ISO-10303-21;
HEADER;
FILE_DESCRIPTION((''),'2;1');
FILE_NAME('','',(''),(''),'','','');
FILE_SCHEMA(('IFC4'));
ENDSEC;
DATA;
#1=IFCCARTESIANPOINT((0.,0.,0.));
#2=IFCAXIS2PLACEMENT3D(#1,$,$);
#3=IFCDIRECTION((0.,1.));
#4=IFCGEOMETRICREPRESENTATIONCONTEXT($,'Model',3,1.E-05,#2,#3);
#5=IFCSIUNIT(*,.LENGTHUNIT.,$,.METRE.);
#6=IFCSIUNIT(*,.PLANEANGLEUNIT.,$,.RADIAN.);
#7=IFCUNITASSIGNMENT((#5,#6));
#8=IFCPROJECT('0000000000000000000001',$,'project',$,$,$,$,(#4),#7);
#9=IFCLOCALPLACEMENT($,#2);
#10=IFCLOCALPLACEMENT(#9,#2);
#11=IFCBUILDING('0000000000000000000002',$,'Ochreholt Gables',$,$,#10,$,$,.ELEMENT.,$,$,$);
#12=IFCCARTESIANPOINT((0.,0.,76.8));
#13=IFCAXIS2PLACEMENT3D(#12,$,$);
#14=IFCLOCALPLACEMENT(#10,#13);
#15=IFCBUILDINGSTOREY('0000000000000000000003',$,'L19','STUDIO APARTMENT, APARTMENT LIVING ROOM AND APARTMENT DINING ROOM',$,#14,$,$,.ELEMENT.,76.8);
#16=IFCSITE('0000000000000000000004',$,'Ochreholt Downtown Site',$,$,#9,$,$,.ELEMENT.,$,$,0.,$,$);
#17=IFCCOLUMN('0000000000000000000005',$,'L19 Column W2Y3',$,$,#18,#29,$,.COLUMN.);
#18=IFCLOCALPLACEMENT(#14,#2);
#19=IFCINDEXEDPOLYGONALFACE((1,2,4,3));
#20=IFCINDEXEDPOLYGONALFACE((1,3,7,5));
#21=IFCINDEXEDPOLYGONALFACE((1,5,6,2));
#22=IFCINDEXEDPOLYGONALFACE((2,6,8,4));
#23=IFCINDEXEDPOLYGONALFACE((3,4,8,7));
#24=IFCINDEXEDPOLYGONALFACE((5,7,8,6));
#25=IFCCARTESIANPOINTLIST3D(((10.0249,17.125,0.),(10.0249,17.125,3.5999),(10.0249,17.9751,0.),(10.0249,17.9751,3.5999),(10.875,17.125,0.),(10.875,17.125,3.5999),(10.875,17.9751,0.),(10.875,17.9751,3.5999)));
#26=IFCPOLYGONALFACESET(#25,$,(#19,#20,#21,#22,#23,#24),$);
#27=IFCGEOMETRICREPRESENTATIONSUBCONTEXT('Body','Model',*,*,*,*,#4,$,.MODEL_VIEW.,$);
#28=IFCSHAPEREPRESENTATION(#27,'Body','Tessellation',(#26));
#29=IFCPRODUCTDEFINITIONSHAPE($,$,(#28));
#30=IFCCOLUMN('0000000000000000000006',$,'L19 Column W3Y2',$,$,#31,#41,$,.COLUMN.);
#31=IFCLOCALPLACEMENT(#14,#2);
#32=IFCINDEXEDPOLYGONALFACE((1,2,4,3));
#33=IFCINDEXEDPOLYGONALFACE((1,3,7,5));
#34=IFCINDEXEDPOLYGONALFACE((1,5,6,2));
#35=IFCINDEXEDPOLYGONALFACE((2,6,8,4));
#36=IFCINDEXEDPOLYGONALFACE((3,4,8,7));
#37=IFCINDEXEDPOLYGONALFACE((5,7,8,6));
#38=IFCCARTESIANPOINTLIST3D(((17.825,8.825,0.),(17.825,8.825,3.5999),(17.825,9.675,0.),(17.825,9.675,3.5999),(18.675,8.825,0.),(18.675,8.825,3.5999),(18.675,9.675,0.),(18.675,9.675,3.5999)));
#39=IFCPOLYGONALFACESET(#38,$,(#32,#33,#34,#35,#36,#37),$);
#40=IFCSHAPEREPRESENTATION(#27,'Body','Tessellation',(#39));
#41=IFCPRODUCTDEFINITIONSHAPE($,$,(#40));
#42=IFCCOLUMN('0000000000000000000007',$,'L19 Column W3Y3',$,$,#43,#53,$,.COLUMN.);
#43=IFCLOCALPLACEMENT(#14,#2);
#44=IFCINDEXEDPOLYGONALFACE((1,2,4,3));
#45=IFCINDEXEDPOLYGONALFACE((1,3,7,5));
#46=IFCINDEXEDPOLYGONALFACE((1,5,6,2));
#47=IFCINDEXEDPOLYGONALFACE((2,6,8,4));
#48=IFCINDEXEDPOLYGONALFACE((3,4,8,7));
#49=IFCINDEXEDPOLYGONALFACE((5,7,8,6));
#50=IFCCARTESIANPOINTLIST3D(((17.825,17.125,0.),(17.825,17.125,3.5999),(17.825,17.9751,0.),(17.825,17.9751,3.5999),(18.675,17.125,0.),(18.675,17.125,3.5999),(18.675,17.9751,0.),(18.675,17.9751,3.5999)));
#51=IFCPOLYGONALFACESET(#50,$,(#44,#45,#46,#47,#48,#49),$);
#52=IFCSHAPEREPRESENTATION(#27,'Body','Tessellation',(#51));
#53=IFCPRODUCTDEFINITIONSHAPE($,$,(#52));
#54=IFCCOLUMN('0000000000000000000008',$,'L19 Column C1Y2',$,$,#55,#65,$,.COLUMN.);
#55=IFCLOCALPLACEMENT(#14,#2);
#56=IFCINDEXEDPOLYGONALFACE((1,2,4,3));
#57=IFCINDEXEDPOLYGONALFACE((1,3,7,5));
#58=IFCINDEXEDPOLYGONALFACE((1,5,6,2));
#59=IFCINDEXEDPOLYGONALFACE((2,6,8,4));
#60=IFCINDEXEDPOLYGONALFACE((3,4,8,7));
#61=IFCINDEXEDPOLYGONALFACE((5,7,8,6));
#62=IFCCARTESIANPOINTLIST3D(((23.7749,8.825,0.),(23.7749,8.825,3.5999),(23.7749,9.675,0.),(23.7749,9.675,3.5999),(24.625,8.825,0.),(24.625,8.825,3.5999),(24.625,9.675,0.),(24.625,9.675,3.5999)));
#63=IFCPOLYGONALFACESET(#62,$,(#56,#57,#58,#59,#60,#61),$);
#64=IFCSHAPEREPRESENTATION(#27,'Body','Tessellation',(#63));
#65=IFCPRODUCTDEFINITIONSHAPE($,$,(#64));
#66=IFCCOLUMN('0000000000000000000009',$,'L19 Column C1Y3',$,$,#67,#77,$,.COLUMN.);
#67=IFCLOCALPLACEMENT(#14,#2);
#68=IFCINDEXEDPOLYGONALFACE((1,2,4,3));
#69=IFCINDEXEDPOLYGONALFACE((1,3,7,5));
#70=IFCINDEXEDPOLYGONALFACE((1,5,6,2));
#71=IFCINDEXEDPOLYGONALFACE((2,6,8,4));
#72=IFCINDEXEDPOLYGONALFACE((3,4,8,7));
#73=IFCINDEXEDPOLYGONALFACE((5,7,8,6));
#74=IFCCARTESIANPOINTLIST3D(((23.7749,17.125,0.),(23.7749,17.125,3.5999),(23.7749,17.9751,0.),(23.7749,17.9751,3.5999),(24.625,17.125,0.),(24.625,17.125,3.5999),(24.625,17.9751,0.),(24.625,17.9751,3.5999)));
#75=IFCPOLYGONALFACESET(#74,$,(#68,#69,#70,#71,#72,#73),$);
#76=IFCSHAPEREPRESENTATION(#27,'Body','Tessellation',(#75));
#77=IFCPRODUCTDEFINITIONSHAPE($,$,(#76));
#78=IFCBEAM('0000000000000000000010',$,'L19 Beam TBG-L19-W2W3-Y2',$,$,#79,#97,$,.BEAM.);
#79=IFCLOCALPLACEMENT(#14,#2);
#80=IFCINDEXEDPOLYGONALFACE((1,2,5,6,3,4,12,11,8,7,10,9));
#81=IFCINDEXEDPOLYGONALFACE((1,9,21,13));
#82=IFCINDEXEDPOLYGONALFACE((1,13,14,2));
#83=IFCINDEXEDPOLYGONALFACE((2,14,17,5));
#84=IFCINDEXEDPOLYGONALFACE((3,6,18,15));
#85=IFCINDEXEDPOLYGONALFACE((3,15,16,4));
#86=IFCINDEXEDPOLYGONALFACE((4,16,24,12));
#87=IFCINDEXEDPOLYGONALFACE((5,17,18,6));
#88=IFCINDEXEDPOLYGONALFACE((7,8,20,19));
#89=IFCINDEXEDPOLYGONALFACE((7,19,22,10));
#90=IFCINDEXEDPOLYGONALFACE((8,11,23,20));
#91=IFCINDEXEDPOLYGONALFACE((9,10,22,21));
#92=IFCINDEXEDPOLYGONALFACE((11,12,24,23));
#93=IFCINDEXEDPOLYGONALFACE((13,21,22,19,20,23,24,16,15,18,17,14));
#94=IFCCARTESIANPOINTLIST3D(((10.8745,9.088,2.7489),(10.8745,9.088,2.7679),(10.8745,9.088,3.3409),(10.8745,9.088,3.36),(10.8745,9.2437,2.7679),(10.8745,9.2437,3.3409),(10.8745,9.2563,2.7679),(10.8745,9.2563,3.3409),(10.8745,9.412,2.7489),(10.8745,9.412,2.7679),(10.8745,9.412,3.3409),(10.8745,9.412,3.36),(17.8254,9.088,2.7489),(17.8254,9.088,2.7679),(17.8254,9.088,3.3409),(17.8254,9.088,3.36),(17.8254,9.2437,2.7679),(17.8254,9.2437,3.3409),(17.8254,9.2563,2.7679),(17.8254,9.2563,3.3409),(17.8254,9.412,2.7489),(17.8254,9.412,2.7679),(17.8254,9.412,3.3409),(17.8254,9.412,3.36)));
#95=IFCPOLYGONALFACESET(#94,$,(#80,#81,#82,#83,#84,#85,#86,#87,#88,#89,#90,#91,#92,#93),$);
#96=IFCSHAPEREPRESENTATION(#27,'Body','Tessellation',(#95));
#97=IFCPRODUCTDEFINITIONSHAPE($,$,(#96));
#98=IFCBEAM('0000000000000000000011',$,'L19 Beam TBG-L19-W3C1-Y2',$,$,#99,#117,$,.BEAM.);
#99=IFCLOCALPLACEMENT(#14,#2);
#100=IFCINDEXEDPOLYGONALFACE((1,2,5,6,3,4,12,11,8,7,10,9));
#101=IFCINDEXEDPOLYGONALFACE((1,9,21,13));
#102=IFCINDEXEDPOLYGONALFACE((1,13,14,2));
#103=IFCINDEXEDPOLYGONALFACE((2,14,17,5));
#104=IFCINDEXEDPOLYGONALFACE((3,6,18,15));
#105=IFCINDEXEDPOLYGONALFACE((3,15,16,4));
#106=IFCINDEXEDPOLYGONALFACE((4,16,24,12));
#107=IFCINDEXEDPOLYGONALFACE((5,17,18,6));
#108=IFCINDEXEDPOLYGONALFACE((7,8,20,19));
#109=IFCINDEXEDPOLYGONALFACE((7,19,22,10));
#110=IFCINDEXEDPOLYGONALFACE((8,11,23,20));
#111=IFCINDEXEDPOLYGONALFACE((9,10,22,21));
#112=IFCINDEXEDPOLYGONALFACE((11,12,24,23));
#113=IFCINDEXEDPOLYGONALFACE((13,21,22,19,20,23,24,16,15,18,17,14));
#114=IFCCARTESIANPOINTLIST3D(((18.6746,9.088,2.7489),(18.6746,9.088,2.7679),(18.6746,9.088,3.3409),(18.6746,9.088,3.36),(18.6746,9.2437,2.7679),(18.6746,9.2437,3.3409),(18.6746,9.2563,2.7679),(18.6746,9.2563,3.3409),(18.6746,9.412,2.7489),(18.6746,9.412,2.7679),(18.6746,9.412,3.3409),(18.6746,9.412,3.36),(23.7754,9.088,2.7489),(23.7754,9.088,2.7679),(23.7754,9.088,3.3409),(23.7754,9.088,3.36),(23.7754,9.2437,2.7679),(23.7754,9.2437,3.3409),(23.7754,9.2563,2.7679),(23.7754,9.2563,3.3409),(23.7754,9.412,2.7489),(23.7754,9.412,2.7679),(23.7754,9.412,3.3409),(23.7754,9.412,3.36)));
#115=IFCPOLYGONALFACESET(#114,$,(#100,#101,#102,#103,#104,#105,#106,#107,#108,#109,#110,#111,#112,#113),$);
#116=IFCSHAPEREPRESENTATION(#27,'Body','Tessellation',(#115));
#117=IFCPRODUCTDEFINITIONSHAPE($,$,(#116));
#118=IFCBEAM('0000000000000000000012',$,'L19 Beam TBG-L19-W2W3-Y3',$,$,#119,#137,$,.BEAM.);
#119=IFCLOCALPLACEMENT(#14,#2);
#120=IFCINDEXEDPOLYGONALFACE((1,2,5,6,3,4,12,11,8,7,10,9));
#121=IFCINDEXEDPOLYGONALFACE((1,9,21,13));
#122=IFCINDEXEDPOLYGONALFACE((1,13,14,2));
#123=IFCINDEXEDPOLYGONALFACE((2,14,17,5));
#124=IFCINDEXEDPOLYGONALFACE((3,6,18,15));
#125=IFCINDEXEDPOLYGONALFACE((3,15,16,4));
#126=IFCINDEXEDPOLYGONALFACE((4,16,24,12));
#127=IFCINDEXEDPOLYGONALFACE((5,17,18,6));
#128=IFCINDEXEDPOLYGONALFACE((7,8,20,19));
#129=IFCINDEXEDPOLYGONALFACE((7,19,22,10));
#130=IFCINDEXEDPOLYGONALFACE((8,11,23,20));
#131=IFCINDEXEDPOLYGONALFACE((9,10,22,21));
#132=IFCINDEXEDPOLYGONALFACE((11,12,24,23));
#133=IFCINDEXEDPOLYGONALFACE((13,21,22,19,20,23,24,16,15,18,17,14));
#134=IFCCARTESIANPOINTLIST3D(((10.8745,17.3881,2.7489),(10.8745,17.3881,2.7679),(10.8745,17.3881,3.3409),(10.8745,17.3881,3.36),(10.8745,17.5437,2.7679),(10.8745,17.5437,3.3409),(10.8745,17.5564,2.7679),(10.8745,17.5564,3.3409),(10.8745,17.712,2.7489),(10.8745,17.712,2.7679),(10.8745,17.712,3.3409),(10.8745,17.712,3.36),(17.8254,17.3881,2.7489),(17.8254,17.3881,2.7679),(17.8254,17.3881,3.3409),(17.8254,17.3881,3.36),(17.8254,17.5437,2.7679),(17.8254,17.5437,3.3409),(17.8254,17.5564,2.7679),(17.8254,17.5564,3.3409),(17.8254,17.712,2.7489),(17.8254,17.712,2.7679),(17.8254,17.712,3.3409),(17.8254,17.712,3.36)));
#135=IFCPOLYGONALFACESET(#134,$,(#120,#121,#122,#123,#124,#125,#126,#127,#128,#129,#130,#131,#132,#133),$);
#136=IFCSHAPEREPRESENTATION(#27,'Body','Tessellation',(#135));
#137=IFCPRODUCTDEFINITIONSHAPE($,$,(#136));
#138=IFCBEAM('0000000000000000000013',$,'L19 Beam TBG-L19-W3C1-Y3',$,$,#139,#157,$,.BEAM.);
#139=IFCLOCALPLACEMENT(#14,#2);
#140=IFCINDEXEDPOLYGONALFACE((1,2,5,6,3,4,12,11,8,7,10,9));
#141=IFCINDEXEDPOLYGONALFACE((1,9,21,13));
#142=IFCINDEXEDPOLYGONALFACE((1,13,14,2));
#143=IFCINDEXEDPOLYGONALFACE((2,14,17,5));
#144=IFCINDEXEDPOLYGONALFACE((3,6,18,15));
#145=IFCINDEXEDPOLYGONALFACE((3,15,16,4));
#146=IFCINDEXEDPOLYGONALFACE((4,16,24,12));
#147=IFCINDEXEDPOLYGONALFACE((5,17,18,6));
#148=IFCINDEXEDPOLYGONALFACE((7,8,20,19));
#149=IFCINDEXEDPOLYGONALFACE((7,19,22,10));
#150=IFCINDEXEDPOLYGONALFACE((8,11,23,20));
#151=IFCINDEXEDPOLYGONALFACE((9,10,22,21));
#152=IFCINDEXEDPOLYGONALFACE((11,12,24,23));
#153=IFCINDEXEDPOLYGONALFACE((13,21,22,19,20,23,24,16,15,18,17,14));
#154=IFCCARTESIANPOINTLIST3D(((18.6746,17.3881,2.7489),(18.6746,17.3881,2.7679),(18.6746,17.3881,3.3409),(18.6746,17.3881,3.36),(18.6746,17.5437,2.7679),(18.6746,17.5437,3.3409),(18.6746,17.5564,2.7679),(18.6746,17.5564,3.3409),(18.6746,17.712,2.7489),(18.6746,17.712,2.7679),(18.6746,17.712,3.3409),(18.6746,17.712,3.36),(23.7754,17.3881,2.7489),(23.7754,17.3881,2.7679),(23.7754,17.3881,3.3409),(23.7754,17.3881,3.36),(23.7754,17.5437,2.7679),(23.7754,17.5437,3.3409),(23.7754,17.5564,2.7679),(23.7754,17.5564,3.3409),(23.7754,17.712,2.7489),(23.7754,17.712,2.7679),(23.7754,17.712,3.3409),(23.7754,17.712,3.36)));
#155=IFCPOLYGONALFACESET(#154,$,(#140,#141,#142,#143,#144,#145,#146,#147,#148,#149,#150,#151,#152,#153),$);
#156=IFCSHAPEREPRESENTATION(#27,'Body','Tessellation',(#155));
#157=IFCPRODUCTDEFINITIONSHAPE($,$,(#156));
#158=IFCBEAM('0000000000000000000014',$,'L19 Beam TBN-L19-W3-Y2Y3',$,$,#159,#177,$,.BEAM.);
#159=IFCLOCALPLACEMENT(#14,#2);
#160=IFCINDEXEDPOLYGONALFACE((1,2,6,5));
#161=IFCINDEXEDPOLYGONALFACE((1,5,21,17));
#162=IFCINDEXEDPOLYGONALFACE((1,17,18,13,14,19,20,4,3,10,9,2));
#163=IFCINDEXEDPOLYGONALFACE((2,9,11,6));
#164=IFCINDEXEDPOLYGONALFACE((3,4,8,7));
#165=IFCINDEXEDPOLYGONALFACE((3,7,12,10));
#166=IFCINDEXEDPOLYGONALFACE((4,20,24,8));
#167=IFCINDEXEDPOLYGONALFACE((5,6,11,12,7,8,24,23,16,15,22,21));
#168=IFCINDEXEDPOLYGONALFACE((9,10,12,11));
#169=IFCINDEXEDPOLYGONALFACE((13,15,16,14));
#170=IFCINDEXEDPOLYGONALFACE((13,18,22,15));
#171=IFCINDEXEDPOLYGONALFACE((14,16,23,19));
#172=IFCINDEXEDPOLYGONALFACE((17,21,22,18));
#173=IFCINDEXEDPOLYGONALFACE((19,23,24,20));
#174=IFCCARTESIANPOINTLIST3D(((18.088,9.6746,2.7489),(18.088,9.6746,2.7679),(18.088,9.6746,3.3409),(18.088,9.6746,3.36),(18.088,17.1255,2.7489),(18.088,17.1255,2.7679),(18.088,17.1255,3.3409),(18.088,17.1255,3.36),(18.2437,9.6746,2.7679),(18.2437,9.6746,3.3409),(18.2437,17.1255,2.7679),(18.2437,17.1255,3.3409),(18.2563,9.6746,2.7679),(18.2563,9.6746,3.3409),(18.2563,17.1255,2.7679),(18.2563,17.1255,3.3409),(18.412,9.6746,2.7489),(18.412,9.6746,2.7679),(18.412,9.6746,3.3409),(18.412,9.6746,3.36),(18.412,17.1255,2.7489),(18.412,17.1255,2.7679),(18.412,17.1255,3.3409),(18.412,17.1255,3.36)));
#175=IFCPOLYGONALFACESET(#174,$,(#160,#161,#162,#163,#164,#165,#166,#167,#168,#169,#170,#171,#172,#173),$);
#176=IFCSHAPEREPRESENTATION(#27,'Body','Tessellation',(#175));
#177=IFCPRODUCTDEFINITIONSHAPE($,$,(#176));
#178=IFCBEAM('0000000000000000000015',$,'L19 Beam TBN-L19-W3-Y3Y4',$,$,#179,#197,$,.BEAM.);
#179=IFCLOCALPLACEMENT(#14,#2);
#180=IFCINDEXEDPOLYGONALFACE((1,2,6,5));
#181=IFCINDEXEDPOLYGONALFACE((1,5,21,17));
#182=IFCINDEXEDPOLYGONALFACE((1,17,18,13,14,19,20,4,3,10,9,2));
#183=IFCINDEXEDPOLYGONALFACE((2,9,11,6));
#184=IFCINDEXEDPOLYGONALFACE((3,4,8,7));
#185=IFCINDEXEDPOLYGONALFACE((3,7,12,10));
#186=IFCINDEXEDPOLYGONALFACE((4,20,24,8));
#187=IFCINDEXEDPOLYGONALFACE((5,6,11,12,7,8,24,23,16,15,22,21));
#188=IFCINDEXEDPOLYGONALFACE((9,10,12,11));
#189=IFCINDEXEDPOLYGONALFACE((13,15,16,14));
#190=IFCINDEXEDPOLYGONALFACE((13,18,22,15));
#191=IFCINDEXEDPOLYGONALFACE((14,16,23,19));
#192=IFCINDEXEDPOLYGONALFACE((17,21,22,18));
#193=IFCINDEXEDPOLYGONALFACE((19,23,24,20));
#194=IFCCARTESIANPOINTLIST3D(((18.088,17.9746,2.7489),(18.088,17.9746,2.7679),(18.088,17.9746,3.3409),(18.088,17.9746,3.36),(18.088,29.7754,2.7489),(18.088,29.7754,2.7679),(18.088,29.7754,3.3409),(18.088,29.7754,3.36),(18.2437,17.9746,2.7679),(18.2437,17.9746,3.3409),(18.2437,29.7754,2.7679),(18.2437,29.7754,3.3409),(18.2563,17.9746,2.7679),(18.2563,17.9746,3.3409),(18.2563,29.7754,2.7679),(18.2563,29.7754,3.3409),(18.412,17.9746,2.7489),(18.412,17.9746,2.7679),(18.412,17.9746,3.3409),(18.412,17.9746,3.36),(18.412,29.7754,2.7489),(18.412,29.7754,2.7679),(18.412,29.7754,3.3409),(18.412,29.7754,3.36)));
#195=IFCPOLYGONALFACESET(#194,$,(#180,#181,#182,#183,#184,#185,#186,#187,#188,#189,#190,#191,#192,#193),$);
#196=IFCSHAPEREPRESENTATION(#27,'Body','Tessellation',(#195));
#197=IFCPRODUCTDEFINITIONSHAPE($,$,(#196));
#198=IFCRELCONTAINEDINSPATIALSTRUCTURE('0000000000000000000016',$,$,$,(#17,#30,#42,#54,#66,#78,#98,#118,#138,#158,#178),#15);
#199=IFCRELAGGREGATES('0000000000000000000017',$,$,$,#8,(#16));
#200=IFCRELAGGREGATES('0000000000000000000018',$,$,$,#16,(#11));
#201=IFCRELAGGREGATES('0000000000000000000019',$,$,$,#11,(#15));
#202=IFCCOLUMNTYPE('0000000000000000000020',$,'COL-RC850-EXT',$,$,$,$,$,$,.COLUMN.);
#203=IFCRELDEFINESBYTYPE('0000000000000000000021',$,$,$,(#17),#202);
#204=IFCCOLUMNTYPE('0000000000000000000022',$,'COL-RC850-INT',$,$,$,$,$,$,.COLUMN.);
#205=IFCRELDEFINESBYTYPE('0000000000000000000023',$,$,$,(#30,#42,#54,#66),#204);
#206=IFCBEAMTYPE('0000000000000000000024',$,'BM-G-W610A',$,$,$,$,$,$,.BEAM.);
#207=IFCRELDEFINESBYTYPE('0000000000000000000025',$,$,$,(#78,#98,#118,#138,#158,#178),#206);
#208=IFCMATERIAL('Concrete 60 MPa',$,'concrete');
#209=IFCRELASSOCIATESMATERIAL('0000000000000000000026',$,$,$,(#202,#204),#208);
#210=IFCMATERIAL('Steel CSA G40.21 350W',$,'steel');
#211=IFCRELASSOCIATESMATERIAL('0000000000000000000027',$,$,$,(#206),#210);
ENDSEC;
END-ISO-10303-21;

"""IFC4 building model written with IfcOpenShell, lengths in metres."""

from ifc_helpers import new_model, si_unit, direction, frame, origin, origin_2d, place, context, subcontext, project, spatial, rectangle, i_section, extrude, material, material_profile, profile_set, type_object, element, save


model = new_model("IFC4")

# Units and contexts
model_context = context("Model", 3, precision=1e-05, world=origin(), true_north=direction((0.0, 1.0)))
body_context = subcontext(model_context, "Body", "Model", "MODEL_VIEW")
ifc_project = project(units=[si_unit("LENGTHUNIT", "METRE"), si_unit("PLANEANGLEUNIT", "RADIAN")], contexts=[model_context])

# Site, building, storey
site_placement = place(None, origin())
site = spatial("IfcSite", under=ifc_project, at=site_placement, Name="Ochreholt Downtown Site", CompositionType="ELEMENT", RefElevation=0.0)
building_placement = place(site_placement, origin())
building = spatial("IfcBuilding", under=site, at=building_placement, Name="Ochreholt Gables", CompositionType="ELEMENT")
storey_placement = place(building_placement, frame((0.0, 0.0, 76.8)))
storey = spatial("IfcBuildingStorey", under=building, at=storey_placement, Name="L19", Description="STUDIO APARTMENT, APARTMENT LIVING ROOM AND APARTMENT DINING ROOM", CompositionType="ELEMENT", Elevation=76.8)

# Columns
ifc_material_1 = material(Name="Concrete 60 MPa", Category="concrete")
ifc_material_profile_1 = material_profile(ifc_material_1, rectangle(XDim=0.8501, YDim=0.8501, at=origin_2d()), Name="RC850X850")
ifc_profile_set_1 = profile_set([ifc_material_profile_1], Name="Concrete 60 MPa")
column_type_1 = type_object("IfcColumnType", Name="COL-RC850-EXT", PredefinedType="COLUMN", material=ifc_profile_set_1)
column_placement = place(storey_placement, frame((10.45, 17.55, 0.0), z_axis=(0.0, 0.0, 1.0), x_axis=(1.0, 0.0, 0.0)))
element("IfcColumn", 1, at=column_placement, inside=storey, type_object=column_type_1, Name="L19 Column W2Y3", PredefinedType="COLUMN", context=body_context, shape_type="SweptSolid", body=[
    extrude(rectangle(XDim=0.8501, YDim=0.8501, at=origin_2d()), origin(), (0.0, 0.0, 1.0), 3.5999),
])
ifc_material_profile_2 = material_profile(ifc_material_1, rectangle(XDim=0.8501, YDim=0.8501, at=origin_2d()), Name="RC850X850")
ifc_profile_set_2 = profile_set([ifc_material_profile_2], Name="Concrete 60 MPa")
column_type_2 = type_object("IfcColumnType", Name="COL-RC850-INT", PredefinedType="COLUMN", material=ifc_profile_set_2)
for number, where, z_axis, x_axis, name in (
    (2, (18.25, 9.25, 0.0), (0.0, 0.0, 1.0), (1.0, 0.0, 0.0), "L19 Column W3Y2"),
    (3, (18.25, 17.55, 0.0), (0.0, 0.0, 1.0), (1.0, 0.0, 0.0), "L19 Column W3Y3"),
    (4, (24.2, 9.25, 0.0), (0.0, 0.0, 1.0), (1.0, 0.0, 0.0), "L19 Column C1Y2"),
    (5, (24.2, 17.55, 0.0), (0.0, 0.0, 1.0), (1.0, 0.0, 0.0), "L19 Column C1Y3"),
):
    element("IfcColumn", number, at=place(storey_placement, frame(where, z_axis=z_axis, x_axis=x_axis)), inside=storey, type_object=column_type_2, Name=name, PredefinedType="COLUMN", context=body_context, shape_type="SweptSolid", body=[
        extrude(rectangle(XDim=0.8501, YDim=0.8501, at=origin_2d()), origin(), (0.0, 0.0, 1.0), 3.5999),
    ])

# Beams
ifc_material_2 = material(Name="Steel CSA G40.21 350W", Category="steel")
ifc_material_profile_3 = material_profile(ifc_material_2, i_section(OverallWidth=0.324, OverallDepth=0.6111, WebThickness=0.0127, FlangeThickness=0.019, at=origin_2d()), Name="W610X155")
ifc_profile_set_3 = profile_set([ifc_material_profile_3], Name="Steel CSA G40.21 350W")
beam_type_1 = type_object("IfcBeamType", Name="BM-G-W610A", PredefinedType="BEAM", material=ifc_profile_set_3)
beam_1_placement = place(storey_placement, frame((10.8745, 9.25, 3.0544), z_axis=(1.0, 0.0, 0.0), x_axis=(0.0, 1.0, 0.0)))
element("IfcBeam", 6, at=beam_1_placement, inside=storey, type_object=beam_type_1, Name="L19 Beam TBG-L19-W2W3-Y2", PredefinedType="BEAM", context=body_context, shape_type="SweptSolid", body=[
    extrude(i_section(OverallWidth=0.324, OverallDepth=0.6111, WebThickness=0.0127, FlangeThickness=0.019, at=origin_2d()), origin(), (0.0, 0.0, 1.0), 6.9509),
])
beam_2_placement = place(storey_placement, frame((18.6746, 9.25, 3.0544), z_axis=(1.0, 0.0, 0.0), x_axis=(0.0, 1.0, 0.0)))
element("IfcBeam", 7, at=beam_2_placement, inside=storey, type_object=beam_type_1, Name="L19 Beam TBG-L19-W3C1-Y2", PredefinedType="BEAM", context=body_context, shape_type="SweptSolid", body=[
    extrude(i_section(OverallWidth=0.324, OverallDepth=0.6111, WebThickness=0.0127, FlangeThickness=0.019, at=origin_2d()), origin(), (0.0, 0.0, 1.0), 5.1008),
])
beam_3_placement = place(storey_placement, frame((10.8745, 17.55, 3.0544), z_axis=(1.0, 0.0, 0.0), x_axis=(0.0, 1.0, 0.0)))
element("IfcBeam", 8, at=beam_3_placement, inside=storey, type_object=beam_type_1, Name="L19 Beam TBG-L19-W2W3-Y3", PredefinedType="BEAM", context=body_context, shape_type="SweptSolid", body=[
    extrude(i_section(OverallWidth=0.324, OverallDepth=0.6111, WebThickness=0.0127, FlangeThickness=0.019, at=origin_2d()), origin(), (0.0, 0.0, 1.0), 6.9509),
])
beam_4_placement = place(storey_placement, frame((18.6746, 17.55, 3.0544), z_axis=(1.0, 0.0, 0.0), x_axis=(0.0, 1.0, 0.0)))
element("IfcBeam", 9, at=beam_4_placement, inside=storey, type_object=beam_type_1, Name="L19 Beam TBG-L19-W3C1-Y3", PredefinedType="BEAM", context=body_context, shape_type="SweptSolid", body=[
    extrude(i_section(OverallWidth=0.324, OverallDepth=0.6111, WebThickness=0.0127, FlangeThickness=0.019, at=origin_2d()), origin(), (0.0, 0.0, 1.0), 5.1008),
])
beam_5_placement = place(storey_placement, frame((18.25, 9.6746, 3.0544), z_axis=(0.0, 1.0, 0.0), x_axis=(-1.0, 0.0, 0.0)))
element("IfcBeam", 10, at=beam_5_placement, inside=storey, type_object=beam_type_1, Name="L19 Beam TBN-L19-W3-Y2Y3", PredefinedType="BEAM", context=body_context, shape_type="SweptSolid", body=[
    extrude(i_section(OverallWidth=0.324, OverallDepth=0.6111, WebThickness=0.0127, FlangeThickness=0.019, at=origin_2d()), origin(), (0.0, 0.0, 1.0), 7.4509),
])
beam_6_placement = place(storey_placement, frame((18.25, 17.9746, 3.0544), z_axis=(0.0, 1.0, 0.0), x_axis=(-1.0, 0.0, 0.0)))
element("IfcBeam", 11, at=beam_6_placement, inside=storey, type_object=beam_type_1, Name="L19 Beam TBN-L19-W3-Y3Y4", PredefinedType="BEAM", context=body_context, shape_type="SweptSolid", body=[
    extrude(i_section(OverallWidth=0.324, OverallDepth=0.6111, WebThickness=0.0127, FlangeThickness=0.019, at=origin_2d()), origin(), (0.0, 0.0, 1.0), 11.8008),
])

save(model, "model.ifc")
